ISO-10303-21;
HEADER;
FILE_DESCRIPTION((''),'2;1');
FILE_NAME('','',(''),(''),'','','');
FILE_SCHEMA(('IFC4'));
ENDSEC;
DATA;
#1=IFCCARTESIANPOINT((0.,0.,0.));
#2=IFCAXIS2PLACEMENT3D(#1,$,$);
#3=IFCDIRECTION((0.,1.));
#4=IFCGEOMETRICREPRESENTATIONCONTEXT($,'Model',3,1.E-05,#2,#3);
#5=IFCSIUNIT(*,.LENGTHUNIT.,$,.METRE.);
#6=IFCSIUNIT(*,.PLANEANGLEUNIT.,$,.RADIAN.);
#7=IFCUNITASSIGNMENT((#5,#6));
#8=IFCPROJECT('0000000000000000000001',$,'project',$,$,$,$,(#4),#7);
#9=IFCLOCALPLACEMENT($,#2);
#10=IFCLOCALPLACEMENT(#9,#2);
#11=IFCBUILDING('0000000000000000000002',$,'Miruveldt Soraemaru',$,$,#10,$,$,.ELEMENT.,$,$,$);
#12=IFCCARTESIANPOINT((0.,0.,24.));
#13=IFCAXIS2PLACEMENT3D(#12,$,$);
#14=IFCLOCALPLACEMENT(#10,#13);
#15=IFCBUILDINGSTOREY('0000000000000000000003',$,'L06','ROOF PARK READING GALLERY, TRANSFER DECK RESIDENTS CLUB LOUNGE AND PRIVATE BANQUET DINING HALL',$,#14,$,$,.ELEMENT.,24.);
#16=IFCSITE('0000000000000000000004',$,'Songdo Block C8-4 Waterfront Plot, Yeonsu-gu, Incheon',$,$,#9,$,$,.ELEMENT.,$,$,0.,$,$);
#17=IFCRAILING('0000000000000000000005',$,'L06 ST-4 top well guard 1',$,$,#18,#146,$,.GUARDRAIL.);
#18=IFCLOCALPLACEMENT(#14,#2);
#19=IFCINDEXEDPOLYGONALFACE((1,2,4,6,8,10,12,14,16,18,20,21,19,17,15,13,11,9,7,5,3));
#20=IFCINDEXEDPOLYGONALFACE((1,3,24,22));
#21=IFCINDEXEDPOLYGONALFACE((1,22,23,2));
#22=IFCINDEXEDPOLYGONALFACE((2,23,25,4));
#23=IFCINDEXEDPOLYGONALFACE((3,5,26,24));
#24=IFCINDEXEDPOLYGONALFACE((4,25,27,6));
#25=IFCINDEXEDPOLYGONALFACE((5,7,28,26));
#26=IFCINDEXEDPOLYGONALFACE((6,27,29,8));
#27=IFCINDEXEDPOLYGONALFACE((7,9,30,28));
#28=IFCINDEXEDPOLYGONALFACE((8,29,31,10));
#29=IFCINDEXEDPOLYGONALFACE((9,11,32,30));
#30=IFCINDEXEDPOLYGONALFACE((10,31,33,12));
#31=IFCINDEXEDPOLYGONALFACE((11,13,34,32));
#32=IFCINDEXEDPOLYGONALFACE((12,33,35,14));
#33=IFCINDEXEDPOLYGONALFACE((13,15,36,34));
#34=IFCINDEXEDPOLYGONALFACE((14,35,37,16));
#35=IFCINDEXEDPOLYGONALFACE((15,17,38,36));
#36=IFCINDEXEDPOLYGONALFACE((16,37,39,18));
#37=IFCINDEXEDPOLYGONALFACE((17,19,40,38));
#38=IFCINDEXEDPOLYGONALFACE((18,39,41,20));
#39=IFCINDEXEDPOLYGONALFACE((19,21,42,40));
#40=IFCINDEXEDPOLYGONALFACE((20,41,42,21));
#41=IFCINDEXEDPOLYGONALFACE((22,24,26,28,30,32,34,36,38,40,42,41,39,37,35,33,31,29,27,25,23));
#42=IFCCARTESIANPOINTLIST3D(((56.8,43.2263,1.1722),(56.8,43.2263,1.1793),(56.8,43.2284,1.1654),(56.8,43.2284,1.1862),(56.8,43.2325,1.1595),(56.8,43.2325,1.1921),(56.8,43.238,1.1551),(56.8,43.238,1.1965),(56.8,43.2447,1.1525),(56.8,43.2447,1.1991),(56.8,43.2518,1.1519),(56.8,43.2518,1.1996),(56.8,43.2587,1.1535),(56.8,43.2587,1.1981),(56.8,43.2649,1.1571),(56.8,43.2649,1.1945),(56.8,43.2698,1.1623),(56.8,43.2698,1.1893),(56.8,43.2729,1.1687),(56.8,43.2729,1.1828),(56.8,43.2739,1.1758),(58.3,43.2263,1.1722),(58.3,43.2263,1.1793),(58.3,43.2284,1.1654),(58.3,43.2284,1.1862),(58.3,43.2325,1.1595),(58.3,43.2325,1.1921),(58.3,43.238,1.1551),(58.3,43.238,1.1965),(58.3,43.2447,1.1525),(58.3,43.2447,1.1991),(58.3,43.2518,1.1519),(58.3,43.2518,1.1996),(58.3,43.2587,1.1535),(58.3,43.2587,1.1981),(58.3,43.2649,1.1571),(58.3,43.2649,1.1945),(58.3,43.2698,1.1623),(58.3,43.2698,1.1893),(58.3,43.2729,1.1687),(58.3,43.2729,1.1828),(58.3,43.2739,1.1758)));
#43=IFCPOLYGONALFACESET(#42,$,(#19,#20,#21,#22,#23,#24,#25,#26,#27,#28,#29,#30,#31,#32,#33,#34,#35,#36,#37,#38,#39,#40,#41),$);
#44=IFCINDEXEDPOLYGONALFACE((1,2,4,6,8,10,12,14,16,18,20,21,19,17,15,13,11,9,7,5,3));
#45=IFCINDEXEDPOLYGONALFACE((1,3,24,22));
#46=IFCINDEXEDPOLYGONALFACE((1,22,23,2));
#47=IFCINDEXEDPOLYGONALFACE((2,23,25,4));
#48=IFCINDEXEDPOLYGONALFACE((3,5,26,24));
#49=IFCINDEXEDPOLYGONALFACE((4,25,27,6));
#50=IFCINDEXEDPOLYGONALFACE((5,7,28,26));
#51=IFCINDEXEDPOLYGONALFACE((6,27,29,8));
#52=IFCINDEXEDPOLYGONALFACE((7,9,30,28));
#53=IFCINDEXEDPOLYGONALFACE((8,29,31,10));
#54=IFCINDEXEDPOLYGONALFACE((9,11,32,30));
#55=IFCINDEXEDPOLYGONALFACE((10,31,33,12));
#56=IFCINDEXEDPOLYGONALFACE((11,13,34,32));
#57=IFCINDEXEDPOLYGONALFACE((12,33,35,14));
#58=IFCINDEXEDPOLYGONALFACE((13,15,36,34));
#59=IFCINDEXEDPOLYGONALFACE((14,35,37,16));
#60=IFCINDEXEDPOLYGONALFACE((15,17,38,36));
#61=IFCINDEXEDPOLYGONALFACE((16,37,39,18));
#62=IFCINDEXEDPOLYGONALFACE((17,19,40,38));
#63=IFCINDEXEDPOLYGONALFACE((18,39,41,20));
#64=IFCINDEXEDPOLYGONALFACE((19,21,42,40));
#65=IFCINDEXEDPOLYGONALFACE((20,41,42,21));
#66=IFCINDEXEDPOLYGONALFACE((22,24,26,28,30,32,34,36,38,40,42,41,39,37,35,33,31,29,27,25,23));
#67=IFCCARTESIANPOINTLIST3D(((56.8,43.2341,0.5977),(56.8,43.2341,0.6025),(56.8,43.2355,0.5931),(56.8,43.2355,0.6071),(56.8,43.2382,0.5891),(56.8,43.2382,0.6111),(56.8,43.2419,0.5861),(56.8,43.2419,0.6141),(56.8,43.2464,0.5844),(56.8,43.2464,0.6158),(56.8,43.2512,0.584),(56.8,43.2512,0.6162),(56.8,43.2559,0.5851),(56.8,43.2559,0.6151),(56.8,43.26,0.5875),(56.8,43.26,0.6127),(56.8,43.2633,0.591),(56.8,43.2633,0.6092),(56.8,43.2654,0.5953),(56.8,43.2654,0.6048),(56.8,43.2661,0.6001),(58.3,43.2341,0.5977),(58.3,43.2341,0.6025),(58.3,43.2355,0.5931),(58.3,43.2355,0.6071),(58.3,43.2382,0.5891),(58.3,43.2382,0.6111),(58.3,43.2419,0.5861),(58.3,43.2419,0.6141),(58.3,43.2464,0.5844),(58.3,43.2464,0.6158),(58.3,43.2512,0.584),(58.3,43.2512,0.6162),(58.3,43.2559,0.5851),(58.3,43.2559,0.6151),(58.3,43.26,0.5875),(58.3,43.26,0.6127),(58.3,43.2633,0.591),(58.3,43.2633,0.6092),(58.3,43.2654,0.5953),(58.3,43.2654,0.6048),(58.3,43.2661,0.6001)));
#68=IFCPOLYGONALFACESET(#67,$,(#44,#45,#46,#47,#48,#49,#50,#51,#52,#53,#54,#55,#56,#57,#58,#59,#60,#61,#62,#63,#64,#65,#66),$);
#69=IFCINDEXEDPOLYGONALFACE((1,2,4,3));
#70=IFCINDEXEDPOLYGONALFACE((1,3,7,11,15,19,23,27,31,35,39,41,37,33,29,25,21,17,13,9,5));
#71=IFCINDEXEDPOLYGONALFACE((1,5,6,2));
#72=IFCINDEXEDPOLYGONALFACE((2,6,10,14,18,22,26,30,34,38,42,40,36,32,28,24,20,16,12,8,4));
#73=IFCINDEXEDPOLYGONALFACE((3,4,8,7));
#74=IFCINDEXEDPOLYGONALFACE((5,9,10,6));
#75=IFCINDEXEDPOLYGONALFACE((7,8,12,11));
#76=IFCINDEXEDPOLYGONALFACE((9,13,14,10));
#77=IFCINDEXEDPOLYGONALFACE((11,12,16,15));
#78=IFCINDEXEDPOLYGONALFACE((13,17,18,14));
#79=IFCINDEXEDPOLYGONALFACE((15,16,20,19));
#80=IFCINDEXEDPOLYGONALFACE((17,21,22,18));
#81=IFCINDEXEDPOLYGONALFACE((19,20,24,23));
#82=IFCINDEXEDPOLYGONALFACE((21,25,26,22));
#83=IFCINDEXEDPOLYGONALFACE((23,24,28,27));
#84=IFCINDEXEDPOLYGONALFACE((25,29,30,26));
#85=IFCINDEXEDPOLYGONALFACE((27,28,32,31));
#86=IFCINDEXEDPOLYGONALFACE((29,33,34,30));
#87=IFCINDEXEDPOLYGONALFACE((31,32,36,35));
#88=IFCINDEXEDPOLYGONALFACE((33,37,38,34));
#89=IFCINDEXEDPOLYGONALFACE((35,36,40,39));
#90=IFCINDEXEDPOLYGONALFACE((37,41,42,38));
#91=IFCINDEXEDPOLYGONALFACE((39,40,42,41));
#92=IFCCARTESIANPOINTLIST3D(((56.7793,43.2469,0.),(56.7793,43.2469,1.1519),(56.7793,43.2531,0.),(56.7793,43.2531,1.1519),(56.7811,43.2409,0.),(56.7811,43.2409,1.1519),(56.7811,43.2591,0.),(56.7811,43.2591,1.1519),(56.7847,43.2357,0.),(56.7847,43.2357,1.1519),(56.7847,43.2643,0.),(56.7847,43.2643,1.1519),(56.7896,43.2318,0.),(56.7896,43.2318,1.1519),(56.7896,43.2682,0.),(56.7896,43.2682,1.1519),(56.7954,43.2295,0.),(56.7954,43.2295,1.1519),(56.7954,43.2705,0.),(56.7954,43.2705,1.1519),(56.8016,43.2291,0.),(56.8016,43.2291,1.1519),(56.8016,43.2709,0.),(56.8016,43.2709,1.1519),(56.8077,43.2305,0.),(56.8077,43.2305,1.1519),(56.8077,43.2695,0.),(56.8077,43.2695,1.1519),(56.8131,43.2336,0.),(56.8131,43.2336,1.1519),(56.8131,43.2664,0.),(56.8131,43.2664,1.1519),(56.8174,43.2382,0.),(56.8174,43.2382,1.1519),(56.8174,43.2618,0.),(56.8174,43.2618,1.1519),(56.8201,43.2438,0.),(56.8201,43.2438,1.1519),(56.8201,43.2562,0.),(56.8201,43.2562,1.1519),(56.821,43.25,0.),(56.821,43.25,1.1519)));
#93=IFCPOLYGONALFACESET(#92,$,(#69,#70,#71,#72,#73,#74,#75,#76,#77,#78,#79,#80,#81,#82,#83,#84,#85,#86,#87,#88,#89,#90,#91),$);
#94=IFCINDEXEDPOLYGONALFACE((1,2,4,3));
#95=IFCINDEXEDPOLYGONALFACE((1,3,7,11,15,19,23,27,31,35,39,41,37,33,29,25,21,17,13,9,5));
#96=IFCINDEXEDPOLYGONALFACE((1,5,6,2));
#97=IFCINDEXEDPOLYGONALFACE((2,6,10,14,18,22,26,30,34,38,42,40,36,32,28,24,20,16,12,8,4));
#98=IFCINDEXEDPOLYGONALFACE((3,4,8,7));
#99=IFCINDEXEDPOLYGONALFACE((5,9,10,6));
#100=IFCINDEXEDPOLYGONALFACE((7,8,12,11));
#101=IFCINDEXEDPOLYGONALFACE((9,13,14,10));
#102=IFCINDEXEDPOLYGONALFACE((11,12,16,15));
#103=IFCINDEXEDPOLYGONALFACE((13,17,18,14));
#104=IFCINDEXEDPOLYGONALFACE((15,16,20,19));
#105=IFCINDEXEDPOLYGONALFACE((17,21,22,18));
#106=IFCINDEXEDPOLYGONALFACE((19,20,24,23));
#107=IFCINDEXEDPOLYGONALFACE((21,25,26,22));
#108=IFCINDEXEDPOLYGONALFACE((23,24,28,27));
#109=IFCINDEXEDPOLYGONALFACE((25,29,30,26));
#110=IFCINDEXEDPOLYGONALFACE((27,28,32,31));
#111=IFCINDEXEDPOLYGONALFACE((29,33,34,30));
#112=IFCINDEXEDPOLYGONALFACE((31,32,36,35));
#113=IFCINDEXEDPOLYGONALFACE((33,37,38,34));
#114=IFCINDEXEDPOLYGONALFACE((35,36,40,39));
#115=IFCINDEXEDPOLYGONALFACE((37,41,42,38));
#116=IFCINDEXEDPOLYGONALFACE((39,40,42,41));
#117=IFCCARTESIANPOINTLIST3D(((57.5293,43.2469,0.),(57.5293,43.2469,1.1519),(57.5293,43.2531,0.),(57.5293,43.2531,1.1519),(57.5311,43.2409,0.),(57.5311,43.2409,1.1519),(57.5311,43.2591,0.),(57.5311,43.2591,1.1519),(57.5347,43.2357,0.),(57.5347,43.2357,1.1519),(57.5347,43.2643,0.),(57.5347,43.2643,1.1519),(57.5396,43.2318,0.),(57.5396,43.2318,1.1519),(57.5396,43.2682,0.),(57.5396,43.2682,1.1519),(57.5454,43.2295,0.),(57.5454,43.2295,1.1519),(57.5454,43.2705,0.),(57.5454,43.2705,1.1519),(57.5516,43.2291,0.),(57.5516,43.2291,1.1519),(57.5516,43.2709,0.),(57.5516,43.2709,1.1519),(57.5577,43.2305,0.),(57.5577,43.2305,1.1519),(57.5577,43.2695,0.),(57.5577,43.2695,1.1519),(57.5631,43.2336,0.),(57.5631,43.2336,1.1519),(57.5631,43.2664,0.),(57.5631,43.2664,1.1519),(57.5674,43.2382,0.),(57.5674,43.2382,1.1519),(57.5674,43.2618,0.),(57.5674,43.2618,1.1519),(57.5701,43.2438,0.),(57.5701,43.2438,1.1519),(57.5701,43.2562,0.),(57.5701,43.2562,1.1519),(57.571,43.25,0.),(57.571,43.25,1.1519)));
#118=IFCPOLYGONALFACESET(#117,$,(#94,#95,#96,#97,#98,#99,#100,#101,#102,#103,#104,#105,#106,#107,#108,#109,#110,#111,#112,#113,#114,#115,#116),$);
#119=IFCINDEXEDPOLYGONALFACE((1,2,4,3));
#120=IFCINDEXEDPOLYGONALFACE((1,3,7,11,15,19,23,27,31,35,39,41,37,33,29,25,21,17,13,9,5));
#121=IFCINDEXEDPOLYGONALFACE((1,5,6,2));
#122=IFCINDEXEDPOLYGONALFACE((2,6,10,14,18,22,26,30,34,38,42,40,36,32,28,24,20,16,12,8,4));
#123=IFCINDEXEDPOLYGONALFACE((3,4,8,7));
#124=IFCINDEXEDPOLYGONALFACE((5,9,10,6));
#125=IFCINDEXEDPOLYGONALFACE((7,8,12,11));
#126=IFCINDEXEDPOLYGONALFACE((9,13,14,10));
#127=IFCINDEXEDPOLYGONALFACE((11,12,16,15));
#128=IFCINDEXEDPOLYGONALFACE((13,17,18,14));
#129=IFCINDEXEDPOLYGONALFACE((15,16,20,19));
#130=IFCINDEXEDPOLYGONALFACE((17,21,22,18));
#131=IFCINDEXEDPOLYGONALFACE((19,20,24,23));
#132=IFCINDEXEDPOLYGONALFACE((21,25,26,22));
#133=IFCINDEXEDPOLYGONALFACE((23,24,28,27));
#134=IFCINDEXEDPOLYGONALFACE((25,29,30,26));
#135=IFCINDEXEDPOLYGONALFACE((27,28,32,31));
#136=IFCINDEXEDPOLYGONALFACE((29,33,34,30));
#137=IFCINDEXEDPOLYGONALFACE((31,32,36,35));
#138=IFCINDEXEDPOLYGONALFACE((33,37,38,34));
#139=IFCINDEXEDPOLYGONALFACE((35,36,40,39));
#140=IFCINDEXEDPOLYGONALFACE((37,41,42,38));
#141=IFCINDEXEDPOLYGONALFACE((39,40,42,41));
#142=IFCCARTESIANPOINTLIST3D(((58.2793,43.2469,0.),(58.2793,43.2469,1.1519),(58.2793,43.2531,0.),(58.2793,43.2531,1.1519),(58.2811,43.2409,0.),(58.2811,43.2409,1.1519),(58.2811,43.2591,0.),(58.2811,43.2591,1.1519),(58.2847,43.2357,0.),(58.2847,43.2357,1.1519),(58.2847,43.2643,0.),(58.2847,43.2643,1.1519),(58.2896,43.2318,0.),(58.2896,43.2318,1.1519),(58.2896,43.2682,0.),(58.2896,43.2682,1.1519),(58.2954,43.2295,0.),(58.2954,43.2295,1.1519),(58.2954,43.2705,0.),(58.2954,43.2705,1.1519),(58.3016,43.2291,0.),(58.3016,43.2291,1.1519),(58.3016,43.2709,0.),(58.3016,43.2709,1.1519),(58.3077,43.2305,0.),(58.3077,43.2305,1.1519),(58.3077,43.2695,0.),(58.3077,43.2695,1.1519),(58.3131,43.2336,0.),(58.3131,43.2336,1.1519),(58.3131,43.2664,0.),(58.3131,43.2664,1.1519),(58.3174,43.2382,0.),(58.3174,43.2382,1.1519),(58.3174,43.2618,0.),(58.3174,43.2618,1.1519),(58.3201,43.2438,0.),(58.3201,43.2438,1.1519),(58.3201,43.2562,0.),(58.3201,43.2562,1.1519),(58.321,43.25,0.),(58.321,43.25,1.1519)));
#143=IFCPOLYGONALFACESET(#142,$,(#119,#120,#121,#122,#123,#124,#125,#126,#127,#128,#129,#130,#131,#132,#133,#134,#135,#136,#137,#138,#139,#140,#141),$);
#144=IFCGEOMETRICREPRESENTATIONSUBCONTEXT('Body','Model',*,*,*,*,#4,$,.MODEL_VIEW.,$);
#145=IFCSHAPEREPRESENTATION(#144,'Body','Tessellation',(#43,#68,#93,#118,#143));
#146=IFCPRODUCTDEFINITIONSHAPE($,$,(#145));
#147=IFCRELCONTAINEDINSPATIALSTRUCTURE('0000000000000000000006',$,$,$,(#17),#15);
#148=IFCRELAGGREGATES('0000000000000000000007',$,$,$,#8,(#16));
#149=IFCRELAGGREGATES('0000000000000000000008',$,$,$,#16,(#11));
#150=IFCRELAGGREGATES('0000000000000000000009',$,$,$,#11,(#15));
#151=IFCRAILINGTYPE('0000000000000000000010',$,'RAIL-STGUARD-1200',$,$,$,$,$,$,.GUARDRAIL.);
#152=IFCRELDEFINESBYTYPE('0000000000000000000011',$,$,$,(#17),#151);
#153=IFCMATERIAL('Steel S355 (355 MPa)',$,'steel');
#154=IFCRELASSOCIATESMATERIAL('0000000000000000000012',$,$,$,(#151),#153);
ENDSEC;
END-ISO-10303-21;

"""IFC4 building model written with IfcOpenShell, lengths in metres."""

from ifc_helpers import new_model, si_unit, direction, frame, origin, origin_2d, place, context, subcontext, project, spatial, circle, extrude, material, type_object, element, save


model = new_model("IFC4")

# Units and contexts
model_context = context("Model", 3, precision=1e-05, world=origin(), true_north=direction((0.0, 1.0)))
body_context = subcontext(model_context, "Body", "Model", "MODEL_VIEW")
ifc_project = project(units=[si_unit("LENGTHUNIT", "METRE"), si_unit("PLANEANGLEUNIT", "RADIAN")], contexts=[model_context])

# Site, building, storey
site_placement = place(None, origin())
site = spatial("IfcSite", under=ifc_project, at=site_placement, Name="Songdo Block C8-4 Waterfront Plot, Yeonsu-gu, Incheon", CompositionType="ELEMENT", RefElevation=0.0)
building_placement = place(site_placement, origin())
building = spatial("IfcBuilding", under=site, at=building_placement, Name="Miruveldt Soraemaru", CompositionType="ELEMENT")
storey_placement = place(building_placement, frame((0.0, 0.0, 24.0)))
storey = spatial("IfcBuildingStorey", under=building, at=storey_placement, Name="L06", Description="ROOF PARK READING GALLERY, TRANSFER DECK RESIDENTS CLUB LOUNGE AND PRIVATE BANQUET DINING HALL", CompositionType="ELEMENT", Elevation=24.0)

# Railing
ifc_material_1 = material(Name="Steel S355 (355 MPa)", Category="steel")
railing_type_1 = type_object("IfcRailingType", Name="RAIL-STGUARD-1200", PredefinedType="GUARDRAIL", material=ifc_material_1)
railing_1_placement = place(storey_placement, frame((56.8, 43.25, 0.0)))
element("IfcRailing", 1, at=railing_1_placement, inside=storey, type_object=railing_type_1, Name="L06 ST-4 top well guard 1", PredefinedType="GUARDRAIL", context=body_context, shape_type="SweptSolid", body=[
    extrude(circle(Radius=0.0239, at=origin_2d()), frame((0.0, 0.0, 1.1758), z_axis=(1.0, 0.0, 0.0), x_axis=(0.0, 1.0, 0.0)), (0.0, 0.0, 1.0), 1.5),
    extrude(circle(Radius=0.0161, at=origin_2d()), frame((0.0, 0.0, 0.6001), z_axis=(1.0, 0.0, 0.0), x_axis=(0.0, 1.0, 0.0)), (0.0, 0.0, 1.0), 1.5),
    extrude(circle(Radius=0.021, at=origin_2d()), origin(), (0.0, 0.0, 1.0), 1.1519),
    extrude(circle(Radius=0.021, at=origin_2d()), frame((0.75, 0.0, 0.0)), (0.0, 0.0, 1.0), 1.1519),
    extrude(circle(Radius=0.021, at=origin_2d()), frame((1.5, 0.0, 0.0)), (0.0, 0.0, 1.0), 1.1519),
])

save(model, "model.ifc")
